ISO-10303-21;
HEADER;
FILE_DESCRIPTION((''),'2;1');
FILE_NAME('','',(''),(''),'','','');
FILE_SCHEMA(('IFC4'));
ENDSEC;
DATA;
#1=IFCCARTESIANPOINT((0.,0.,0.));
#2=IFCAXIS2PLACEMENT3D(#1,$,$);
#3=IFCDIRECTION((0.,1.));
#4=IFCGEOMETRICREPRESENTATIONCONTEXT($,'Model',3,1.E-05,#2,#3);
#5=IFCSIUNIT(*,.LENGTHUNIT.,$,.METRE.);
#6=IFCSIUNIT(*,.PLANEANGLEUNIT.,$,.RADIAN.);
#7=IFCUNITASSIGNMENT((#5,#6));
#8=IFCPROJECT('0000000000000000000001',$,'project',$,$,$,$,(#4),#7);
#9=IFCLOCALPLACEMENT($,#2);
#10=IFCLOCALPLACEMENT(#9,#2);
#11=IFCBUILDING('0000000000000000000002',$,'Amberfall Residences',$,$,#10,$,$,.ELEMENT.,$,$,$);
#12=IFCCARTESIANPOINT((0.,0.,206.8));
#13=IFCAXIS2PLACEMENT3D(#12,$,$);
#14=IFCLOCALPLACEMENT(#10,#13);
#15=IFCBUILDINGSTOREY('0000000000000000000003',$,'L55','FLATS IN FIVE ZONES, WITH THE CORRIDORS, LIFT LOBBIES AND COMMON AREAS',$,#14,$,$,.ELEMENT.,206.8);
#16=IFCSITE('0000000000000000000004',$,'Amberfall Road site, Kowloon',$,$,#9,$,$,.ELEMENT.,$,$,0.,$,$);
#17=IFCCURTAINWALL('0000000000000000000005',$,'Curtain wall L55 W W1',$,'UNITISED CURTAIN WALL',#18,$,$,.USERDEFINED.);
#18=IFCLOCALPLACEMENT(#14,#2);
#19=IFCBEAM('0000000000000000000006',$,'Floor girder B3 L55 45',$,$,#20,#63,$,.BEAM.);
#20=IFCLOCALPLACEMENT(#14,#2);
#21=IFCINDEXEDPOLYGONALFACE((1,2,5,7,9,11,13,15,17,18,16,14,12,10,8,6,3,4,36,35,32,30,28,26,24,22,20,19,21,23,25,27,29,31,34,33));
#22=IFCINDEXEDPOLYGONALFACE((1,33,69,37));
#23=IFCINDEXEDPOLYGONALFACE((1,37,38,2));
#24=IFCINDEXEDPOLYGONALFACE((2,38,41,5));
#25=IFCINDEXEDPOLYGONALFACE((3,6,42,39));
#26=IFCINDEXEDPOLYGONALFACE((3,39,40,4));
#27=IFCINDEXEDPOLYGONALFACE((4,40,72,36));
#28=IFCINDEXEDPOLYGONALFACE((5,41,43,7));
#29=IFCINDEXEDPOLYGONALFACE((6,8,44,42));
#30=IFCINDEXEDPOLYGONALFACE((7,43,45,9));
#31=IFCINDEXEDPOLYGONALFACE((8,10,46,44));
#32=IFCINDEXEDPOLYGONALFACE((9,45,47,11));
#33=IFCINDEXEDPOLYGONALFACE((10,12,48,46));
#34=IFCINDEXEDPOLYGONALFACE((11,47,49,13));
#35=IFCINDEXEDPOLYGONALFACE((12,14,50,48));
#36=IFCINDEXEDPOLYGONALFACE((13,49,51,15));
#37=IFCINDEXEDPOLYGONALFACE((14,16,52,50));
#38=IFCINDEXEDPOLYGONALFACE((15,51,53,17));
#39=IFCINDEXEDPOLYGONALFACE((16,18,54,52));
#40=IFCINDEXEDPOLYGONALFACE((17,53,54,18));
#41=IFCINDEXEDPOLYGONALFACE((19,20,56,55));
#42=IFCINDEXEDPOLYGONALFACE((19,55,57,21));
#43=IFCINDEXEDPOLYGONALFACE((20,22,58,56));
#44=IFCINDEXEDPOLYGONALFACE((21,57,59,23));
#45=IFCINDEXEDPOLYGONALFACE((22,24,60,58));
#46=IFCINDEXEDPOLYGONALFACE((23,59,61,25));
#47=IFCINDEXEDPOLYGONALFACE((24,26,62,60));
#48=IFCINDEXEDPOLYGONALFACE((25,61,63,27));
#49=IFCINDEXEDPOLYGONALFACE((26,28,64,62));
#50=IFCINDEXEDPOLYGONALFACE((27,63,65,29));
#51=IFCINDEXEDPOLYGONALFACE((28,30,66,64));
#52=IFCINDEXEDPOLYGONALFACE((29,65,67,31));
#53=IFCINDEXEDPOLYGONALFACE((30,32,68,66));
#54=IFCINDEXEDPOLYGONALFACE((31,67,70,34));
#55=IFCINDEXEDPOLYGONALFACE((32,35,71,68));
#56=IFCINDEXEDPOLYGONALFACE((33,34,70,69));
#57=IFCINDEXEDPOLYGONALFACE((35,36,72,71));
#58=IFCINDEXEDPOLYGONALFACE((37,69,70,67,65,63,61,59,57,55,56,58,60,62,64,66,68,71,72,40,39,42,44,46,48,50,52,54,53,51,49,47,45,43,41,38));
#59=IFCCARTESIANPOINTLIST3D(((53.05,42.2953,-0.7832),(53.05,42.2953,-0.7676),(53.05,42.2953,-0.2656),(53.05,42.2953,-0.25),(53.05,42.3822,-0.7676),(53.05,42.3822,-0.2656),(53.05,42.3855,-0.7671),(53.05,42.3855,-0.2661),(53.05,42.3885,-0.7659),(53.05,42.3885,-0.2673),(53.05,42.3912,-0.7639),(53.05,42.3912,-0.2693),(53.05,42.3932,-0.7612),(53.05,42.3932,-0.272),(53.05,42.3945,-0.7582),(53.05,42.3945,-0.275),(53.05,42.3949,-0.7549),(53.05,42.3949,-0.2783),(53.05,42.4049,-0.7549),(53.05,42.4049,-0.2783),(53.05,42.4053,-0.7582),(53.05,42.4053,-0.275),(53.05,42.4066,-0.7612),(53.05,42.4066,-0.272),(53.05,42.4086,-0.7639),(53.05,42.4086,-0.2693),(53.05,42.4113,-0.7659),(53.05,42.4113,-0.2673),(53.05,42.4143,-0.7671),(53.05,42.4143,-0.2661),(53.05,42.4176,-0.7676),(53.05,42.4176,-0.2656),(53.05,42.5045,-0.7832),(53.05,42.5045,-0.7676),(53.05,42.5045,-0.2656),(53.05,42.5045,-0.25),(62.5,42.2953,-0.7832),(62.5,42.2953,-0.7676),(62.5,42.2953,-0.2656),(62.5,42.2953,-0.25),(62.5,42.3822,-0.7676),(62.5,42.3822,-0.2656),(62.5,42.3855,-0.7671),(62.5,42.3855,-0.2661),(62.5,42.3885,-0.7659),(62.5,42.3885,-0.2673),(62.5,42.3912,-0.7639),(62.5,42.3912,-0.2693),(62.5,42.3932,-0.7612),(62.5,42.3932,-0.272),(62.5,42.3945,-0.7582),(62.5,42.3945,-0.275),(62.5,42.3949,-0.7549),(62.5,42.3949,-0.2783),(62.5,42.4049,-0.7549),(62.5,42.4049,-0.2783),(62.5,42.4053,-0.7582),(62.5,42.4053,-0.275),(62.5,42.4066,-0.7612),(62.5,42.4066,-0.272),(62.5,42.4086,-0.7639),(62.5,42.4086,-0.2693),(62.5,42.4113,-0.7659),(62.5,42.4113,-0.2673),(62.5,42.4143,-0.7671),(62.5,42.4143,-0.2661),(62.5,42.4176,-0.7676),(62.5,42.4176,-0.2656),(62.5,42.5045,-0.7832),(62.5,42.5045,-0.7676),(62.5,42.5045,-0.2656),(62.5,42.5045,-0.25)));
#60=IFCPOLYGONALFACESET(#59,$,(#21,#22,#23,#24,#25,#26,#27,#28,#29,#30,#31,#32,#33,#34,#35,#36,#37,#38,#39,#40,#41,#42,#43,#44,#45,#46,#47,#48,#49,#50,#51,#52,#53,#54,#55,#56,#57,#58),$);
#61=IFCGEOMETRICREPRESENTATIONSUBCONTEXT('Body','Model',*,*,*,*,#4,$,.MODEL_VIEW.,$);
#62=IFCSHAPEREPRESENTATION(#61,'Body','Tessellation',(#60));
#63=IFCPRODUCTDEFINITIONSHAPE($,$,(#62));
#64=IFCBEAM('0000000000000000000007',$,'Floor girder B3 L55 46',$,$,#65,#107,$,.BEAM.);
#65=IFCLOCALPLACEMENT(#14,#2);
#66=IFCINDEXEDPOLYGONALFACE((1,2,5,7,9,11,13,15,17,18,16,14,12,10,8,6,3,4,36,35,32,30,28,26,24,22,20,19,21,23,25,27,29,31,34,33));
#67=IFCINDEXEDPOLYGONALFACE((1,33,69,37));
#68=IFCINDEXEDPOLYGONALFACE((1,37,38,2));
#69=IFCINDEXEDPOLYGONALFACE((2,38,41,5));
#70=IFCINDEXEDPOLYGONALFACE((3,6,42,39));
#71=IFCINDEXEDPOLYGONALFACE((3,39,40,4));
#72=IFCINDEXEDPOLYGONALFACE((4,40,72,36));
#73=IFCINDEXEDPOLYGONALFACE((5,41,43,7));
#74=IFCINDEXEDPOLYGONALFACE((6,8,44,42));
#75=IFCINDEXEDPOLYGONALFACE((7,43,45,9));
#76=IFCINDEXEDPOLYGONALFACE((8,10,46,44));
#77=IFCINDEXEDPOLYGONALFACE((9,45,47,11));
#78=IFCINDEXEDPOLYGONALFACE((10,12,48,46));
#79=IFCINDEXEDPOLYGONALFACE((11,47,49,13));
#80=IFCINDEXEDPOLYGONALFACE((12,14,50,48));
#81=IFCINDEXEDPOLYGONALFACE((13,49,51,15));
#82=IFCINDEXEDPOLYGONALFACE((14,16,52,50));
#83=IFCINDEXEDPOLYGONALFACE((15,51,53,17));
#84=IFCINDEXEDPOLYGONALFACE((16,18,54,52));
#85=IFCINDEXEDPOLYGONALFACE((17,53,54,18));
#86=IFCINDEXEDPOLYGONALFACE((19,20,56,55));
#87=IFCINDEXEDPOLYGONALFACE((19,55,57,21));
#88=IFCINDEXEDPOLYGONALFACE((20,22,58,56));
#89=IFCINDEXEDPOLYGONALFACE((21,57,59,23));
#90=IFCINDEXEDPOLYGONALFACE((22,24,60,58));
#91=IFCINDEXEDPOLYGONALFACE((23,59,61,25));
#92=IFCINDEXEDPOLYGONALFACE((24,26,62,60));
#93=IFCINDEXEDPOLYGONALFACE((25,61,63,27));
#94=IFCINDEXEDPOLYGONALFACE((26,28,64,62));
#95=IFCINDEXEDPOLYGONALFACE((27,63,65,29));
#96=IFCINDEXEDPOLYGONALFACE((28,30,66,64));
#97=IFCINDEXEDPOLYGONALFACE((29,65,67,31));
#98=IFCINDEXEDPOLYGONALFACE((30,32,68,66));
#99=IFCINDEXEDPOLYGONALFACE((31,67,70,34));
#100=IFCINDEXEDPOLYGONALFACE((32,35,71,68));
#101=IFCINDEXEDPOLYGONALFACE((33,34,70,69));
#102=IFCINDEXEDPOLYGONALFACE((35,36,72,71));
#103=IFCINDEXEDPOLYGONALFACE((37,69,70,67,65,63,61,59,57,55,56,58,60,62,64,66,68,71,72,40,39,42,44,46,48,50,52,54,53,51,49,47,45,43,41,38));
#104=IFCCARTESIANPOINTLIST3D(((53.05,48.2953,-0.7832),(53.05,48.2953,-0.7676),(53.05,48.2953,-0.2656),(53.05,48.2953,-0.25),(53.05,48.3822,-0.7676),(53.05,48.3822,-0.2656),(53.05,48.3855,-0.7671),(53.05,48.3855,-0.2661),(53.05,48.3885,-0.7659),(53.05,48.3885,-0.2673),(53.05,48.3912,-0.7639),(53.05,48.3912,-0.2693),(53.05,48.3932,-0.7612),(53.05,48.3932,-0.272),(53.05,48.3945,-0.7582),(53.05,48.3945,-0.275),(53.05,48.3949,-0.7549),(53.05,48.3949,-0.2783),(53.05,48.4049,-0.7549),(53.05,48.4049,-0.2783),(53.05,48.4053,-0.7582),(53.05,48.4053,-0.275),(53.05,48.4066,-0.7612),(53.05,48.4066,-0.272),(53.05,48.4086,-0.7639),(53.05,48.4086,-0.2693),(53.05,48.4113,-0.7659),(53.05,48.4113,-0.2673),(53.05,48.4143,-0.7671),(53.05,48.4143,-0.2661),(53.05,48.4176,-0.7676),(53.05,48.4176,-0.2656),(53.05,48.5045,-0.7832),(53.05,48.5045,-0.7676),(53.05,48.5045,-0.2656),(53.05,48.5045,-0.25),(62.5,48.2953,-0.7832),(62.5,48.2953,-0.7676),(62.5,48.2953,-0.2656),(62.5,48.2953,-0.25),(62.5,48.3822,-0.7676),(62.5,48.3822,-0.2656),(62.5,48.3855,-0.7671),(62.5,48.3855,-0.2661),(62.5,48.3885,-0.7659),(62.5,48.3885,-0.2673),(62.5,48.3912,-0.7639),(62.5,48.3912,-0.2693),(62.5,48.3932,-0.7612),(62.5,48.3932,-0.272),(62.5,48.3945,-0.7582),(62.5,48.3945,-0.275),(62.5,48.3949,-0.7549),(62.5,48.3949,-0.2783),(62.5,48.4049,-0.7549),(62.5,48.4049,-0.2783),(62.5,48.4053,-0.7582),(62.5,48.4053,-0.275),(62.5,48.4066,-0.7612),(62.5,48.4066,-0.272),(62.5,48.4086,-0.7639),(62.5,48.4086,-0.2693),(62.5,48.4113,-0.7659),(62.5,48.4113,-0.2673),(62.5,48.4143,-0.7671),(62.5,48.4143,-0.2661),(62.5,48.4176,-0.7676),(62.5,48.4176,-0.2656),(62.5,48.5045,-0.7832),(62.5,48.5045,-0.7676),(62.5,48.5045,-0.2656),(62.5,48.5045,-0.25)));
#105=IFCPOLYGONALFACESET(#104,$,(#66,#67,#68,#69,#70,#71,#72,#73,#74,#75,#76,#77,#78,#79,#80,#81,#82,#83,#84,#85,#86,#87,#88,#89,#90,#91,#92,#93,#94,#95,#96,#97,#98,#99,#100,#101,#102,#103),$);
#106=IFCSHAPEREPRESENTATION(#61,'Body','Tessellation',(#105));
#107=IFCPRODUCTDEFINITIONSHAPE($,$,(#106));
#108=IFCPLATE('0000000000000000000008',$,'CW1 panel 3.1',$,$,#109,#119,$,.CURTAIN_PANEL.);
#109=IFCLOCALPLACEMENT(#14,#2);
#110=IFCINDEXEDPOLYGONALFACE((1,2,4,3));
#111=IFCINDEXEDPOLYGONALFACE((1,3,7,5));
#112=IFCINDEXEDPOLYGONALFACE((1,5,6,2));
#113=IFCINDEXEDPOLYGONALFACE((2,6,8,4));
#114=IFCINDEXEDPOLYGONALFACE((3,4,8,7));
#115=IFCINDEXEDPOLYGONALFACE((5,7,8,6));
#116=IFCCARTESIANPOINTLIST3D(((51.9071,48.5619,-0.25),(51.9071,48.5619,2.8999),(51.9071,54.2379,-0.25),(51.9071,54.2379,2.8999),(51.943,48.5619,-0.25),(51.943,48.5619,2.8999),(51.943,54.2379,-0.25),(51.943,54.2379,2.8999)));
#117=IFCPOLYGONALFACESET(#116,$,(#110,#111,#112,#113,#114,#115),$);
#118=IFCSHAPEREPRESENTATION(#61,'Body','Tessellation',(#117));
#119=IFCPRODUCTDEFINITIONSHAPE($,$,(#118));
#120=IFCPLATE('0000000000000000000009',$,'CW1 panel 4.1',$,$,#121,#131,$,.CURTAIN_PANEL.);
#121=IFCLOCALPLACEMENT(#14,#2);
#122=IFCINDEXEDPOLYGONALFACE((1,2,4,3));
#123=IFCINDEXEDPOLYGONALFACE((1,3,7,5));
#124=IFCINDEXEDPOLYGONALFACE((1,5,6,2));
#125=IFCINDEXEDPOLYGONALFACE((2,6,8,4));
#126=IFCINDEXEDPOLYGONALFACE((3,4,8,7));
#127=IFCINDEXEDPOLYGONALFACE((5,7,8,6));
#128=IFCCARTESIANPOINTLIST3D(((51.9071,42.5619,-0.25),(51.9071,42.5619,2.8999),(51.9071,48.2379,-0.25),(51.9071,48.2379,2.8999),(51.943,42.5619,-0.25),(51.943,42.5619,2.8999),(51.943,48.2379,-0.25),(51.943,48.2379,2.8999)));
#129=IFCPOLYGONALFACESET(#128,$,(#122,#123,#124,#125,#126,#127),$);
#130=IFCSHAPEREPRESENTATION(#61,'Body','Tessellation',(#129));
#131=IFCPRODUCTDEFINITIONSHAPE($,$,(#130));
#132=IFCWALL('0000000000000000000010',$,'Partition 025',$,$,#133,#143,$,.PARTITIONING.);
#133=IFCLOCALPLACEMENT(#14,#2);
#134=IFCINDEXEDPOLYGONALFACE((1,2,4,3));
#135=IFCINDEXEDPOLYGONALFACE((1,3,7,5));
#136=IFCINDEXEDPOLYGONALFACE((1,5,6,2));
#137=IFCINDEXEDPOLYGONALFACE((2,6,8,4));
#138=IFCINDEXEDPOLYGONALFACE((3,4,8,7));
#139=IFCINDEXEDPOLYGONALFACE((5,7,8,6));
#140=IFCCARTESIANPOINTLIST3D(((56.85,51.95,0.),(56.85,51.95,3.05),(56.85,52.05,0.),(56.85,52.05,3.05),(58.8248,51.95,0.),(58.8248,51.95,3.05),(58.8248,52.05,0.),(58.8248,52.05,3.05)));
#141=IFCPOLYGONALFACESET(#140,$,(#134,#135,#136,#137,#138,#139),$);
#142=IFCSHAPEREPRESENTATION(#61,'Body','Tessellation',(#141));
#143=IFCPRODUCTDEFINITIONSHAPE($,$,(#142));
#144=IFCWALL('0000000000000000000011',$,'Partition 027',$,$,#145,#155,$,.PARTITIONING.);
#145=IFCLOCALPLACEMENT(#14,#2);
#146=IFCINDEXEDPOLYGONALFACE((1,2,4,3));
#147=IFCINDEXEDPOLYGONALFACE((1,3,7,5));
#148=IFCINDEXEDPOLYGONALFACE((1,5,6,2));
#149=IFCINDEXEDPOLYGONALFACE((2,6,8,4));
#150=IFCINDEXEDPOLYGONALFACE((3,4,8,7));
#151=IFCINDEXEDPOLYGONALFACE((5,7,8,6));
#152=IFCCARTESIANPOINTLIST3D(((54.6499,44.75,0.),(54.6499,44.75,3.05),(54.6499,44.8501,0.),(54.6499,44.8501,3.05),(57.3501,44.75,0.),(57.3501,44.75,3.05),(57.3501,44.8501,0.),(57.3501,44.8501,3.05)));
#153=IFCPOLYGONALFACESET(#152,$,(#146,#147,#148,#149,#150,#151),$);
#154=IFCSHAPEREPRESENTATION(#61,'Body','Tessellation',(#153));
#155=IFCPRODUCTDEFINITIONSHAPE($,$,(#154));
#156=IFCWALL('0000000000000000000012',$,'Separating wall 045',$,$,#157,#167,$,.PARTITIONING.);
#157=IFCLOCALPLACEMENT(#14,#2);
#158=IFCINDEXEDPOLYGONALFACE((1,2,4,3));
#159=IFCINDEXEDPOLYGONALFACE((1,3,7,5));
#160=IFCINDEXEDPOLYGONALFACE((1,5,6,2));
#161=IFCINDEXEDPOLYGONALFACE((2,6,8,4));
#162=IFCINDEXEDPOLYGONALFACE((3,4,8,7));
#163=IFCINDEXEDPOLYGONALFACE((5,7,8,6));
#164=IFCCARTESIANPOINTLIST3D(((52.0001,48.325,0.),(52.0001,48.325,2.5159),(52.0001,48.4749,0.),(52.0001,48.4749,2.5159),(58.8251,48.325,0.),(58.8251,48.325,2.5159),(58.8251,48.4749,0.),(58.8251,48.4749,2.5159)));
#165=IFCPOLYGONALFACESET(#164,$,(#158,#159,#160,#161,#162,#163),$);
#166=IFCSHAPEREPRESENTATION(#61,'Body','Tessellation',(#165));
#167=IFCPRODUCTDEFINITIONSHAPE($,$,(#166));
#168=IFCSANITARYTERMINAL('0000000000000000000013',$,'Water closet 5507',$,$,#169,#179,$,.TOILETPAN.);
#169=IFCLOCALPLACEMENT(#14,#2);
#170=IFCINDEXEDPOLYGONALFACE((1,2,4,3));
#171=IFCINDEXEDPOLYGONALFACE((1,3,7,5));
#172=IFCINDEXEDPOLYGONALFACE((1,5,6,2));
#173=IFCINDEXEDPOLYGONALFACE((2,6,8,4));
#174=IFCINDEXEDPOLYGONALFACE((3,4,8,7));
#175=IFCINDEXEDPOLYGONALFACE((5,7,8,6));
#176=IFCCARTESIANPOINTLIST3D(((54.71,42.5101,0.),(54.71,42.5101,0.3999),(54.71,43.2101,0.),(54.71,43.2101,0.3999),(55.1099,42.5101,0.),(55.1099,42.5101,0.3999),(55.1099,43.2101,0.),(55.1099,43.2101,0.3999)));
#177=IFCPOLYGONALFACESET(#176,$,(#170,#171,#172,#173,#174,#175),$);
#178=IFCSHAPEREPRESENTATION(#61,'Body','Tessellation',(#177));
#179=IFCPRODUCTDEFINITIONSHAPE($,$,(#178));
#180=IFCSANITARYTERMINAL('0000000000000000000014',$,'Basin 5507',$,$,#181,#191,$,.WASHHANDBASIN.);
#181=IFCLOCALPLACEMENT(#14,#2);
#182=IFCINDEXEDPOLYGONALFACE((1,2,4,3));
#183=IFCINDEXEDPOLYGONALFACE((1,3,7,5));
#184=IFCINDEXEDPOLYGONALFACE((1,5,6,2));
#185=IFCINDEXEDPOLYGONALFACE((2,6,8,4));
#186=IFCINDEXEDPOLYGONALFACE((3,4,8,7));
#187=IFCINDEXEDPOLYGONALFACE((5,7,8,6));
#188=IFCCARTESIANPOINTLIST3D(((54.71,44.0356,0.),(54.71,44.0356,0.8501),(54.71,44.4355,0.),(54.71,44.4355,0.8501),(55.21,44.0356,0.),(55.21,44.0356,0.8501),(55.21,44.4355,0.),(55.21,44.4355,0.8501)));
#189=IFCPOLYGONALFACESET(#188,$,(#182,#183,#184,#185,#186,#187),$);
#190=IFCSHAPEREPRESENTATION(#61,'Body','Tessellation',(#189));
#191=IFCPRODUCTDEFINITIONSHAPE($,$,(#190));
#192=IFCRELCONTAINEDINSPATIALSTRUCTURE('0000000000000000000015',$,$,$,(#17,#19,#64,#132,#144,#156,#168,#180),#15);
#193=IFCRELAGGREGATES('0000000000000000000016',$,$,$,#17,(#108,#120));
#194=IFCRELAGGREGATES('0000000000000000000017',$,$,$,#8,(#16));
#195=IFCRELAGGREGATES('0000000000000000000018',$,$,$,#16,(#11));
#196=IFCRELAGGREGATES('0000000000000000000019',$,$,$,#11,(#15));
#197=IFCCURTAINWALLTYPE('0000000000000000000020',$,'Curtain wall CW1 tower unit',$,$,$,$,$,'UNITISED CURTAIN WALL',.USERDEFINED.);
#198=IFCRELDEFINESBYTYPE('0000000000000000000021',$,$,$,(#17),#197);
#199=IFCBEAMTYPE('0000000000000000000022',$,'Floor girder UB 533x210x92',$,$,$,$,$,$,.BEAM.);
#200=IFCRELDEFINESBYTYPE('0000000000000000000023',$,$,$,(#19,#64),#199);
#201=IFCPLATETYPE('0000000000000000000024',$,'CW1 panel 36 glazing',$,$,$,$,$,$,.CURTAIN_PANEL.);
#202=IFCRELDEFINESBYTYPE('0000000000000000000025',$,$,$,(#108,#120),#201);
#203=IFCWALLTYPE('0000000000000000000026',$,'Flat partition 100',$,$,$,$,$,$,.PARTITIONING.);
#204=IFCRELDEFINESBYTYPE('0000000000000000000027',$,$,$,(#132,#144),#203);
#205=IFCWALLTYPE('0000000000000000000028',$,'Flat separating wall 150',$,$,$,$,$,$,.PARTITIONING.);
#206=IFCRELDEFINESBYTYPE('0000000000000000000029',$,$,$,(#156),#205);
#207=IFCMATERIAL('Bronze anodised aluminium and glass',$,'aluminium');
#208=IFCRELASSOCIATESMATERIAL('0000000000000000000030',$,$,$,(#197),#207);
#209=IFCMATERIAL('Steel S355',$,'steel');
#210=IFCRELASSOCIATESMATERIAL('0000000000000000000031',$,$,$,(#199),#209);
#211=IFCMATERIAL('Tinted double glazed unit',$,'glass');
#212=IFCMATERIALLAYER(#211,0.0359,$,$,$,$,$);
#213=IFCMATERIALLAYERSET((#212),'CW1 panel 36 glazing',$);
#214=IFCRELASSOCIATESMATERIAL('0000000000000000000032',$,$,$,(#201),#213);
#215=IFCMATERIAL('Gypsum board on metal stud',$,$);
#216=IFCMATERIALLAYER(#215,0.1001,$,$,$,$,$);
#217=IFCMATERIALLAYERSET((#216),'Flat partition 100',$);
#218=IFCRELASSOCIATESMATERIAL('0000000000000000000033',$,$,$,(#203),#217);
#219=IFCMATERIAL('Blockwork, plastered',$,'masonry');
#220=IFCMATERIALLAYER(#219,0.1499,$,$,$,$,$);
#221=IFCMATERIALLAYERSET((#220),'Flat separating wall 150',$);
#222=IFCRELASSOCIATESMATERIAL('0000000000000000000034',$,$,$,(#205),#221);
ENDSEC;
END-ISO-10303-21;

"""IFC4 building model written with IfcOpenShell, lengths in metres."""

from ifc_helpers import new_model, si_unit, direction, frame, frame_2d, origin, origin_2d, place, context, subcontext, project, spatial, rectangle, i_section, extrude, material, layer, layer_set, material_profile, profile_set, type_object, element, aggregate, save


model = new_model("IFC4")

# Units and contexts
model_context = context("Model", 3, precision=1e-05, world=origin(), true_north=direction((0.0, 1.0)))
body_context = subcontext(model_context, "Body", "Model", "MODEL_VIEW")
ifc_project = project(units=[si_unit("LENGTHUNIT", "METRE"), si_unit("PLANEANGLEUNIT", "RADIAN")], contexts=[model_context])

# Site, building, storey
site_placement = place(None, origin())
site = spatial("IfcSite", under=ifc_project, at=site_placement, Name="Amberfall Road site, Kowloon", CompositionType="ELEMENT", RefElevation=0.0)
building_placement = place(site_placement, origin())
building = spatial("IfcBuilding", under=site, at=building_placement, Name="Amberfall Residences", CompositionType="ELEMENT")
storey_placement = place(building_placement, frame((0.0, 0.0, 206.8)))
storey = spatial("IfcBuildingStorey", under=building, at=storey_placement, Name="L55", Description="FLATS IN FIVE ZONES, WITH THE CORRIDORS, LIFT LOBBIES AND COMMON AREAS", CompositionType="ELEMENT", Elevation=206.8)

# Curtain wall
ifc_material_1 = material(Name="Bronze anodised aluminium and glass", Category="aluminium")
curtain_wall_type = type_object("IfcCurtainWallType", Name="Curtain wall CW1 tower unit", ElementType="UNITISED CURTAIN WALL", PredefinedType="USERDEFINED", material=ifc_material_1)
curtain_wall_placement = place(storey_placement, origin())
curtain_wall = element("IfcCurtainWall", 1, at=curtain_wall_placement, inside=storey, type_object=curtain_wall_type, Name="Curtain wall L55 W W1", ObjectType="UNITISED CURTAIN WALL", PredefinedType="USERDEFINED")

# Shared definitions
ifc_material_2 = material(Name="Steel S355", Category="steel")

# Beams
ifc_material_profile_1 = material_profile(ifc_material_2, i_section(OverallWidth=0.2092, OverallDepth=0.5332, WebThickness=0.01, FlangeThickness=0.0156, FilletRadius=0.0127, at=origin_2d()), Name="UB 533x210x92")
ifc_profile_set_1 = profile_set([ifc_material_profile_1], Name="Steel S355")
beam_type_1 = type_object("IfcBeamType", Name="Floor girder UB 533x210x92", PredefinedType="BEAM", material=ifc_profile_set_1)
for number, where, z_axis, x_axis, name in (
    (2, (53.05, 42.3999, -0.5166), (1.0, 0.0, 0.0), (0.0, 1.0, 0.0), "Floor girder B3 L55 45"),
    (3, (53.05, 48.3999, -0.5166), (1.0, 0.0, 0.0), (0.0, 1.0, 0.0), "Floor girder B3 L55 46"),
):
    element("IfcBeam", number, at=place(storey_placement, frame(where, z_axis=z_axis, x_axis=x_axis)), inside=storey, type_object=beam_type_1, Name=name, PredefinedType="BEAM", context=body_context, shape_type="SweptSolid", body=[
        extrude(i_section(OverallWidth=0.2092, OverallDepth=0.5332, WebThickness=0.01, FlangeThickness=0.0156, FilletRadius=0.0127, at=origin_2d()), origin(), (0.0, 0.0, 1.0), 9.45),
    ])

# Plates
ifc_material_3 = material(Name="Tinted double glazed unit", Category="glass")
ifc_layer_1 = layer(ifc_material_3, 0.0359)
ifc_layer_set_1 = layer_set([ifc_layer_1], Name="CW1 panel 36 glazing")
plate_type = type_object("IfcPlateType", Name="CW1 panel 36 glazing", PredefinedType="CURTAIN_PANEL", material=ifc_layer_set_1)
plate_1_placement = place(storey_placement, frame((51.925, 51.3999, -0.25), z_axis=(0.0, 0.0, 1.0), x_axis=(0.0, -1.0, 0.0)))
plate_1 = element("IfcPlate", 4, at=plate_1_placement, type_object=plate_type, Name="CW1 panel 3.1", PredefinedType="CURTAIN_PANEL", context=body_context, shape_type="SweptSolid", body=[
    extrude(rectangle(XDim=5.676, YDim=0.0359, at=origin_2d()), origin(), (0.0, 0.0, 1.0), 3.1499),
])
plate_2_placement = place(storey_placement, frame((51.925, 45.3999, -0.25), z_axis=(0.0, 0.0, 1.0), x_axis=(0.0, -1.0, 0.0)))
plate_2 = element("IfcPlate", 5, at=plate_2_placement, type_object=plate_type, Name="CW1 panel 4.1", PredefinedType="CURTAIN_PANEL", context=body_context, shape_type="SweptSolid", body=[
    extrude(rectangle(XDim=5.676, YDim=0.0359, at=origin_2d()), origin(), (0.0, 0.0, 1.0), 3.1499),
])
aggregate(curtain_wall, [plate_1, plate_2])

# Walls
ifc_material_4 = material(Name="Gypsum board on metal stud")
ifc_layer_2 = layer(ifc_material_4, 0.1001)
ifc_layer_set_2 = layer_set([ifc_layer_2], Name="Flat partition 100")
wall_type_1 = type_object("IfcWallType", Name="Flat partition 100", PredefinedType="PARTITIONING", material=ifc_layer_set_2)
wall_1_placement = place(storey_placement, frame((56.8501, 52.0, 0.0), z_axis=(0.0, 0.0, 1.0), x_axis=(1.0, 0.0, 0.0)))
element("IfcWall", 6, at=wall_1_placement, inside=storey, type_object=wall_type_1, Name="Partition 025", PredefinedType="PARTITIONING", context=body_context, shape_type="SweptSolid", body=[
    extrude(rectangle(XDim=1.9749, YDim=0.1001, at=frame_2d((0.9873, 0.0))), origin(), (0.0, 0.0, 1.0), 3.05),
])
wall_2_placement = place(storey_placement, frame((54.6499, 44.8, 0.0), z_axis=(0.0, 0.0, 1.0), x_axis=(1.0, 0.0, 0.0)))
element("IfcWall", 7, at=wall_2_placement, inside=storey, type_object=wall_type_1, Name="Partition 027", PredefinedType="PARTITIONING", context=body_context, shape_type="SweptSolid", body=[
    extrude(rectangle(XDim=2.7002, YDim=0.1001, at=frame_2d((1.3501, 0.0))), origin(), (0.0, 0.0, 1.0), 3.05),
])
ifc_material_5 = material(Name="Blockwork, plastered", Category="masonry")
ifc_layer_3 = layer(ifc_material_5, 0.1499)
ifc_layer_set_3 = layer_set([ifc_layer_3], Name="Flat separating wall 150")
wall_type_2 = type_object("IfcWallType", Name="Flat separating wall 150", PredefinedType="PARTITIONING", material=ifc_layer_set_3)
wall_3_placement = place(storey_placement, frame((52.0, 48.3999, 0.0), z_axis=(0.0, 0.0, 1.0), x_axis=(1.0, 0.0, 0.0)))
element("IfcWall", 8, at=wall_3_placement, inside=storey, type_object=wall_type_2, Name="Separating wall 045", PredefinedType="PARTITIONING", context=body_context, shape_type="SweptSolid", body=[
    extrude(rectangle(XDim=6.825, YDim=0.1499, at=frame_2d((3.4126, 0.0))), origin(), (0.0, 0.0, 1.0), 2.5159),
])

# Sanitary terminals
sanitary_terminal_1_placement = place(storey_placement, frame((54.9099, 42.8601, 0.0), z_axis=(0.0, 0.0, 1.0), x_axis=(1.0, 0.0, 0.0)))
element("IfcSanitaryTerminal", 9, at=sanitary_terminal_1_placement, inside=storey, Name="Water closet 5507", PredefinedType="TOILETPAN", context=body_context, shape_type="SweptSolid", body=[
    extrude(rectangle(XDim=0.3999, YDim=0.7, at=origin_2d()), origin(), (0.0, 0.0, 1.0), 0.3999),
])
sanitary_terminal_2_placement = place(storey_placement, frame((54.96, 44.2356, 0.0), z_axis=(0.0, 0.0, 1.0), x_axis=(1.0, 0.0, 0.0)))
element("IfcSanitaryTerminal", 10, at=sanitary_terminal_2_placement, inside=storey, Name="Basin 5507", PredefinedType="WASHHANDBASIN", context=body_context, shape_type="SweptSolid", body=[
    extrude(rectangle(XDim=0.5, YDim=0.3999, at=origin_2d()), origin(), (0.0, 0.0, 1.0), 0.8501),
])

save(model, "model.ifc")
